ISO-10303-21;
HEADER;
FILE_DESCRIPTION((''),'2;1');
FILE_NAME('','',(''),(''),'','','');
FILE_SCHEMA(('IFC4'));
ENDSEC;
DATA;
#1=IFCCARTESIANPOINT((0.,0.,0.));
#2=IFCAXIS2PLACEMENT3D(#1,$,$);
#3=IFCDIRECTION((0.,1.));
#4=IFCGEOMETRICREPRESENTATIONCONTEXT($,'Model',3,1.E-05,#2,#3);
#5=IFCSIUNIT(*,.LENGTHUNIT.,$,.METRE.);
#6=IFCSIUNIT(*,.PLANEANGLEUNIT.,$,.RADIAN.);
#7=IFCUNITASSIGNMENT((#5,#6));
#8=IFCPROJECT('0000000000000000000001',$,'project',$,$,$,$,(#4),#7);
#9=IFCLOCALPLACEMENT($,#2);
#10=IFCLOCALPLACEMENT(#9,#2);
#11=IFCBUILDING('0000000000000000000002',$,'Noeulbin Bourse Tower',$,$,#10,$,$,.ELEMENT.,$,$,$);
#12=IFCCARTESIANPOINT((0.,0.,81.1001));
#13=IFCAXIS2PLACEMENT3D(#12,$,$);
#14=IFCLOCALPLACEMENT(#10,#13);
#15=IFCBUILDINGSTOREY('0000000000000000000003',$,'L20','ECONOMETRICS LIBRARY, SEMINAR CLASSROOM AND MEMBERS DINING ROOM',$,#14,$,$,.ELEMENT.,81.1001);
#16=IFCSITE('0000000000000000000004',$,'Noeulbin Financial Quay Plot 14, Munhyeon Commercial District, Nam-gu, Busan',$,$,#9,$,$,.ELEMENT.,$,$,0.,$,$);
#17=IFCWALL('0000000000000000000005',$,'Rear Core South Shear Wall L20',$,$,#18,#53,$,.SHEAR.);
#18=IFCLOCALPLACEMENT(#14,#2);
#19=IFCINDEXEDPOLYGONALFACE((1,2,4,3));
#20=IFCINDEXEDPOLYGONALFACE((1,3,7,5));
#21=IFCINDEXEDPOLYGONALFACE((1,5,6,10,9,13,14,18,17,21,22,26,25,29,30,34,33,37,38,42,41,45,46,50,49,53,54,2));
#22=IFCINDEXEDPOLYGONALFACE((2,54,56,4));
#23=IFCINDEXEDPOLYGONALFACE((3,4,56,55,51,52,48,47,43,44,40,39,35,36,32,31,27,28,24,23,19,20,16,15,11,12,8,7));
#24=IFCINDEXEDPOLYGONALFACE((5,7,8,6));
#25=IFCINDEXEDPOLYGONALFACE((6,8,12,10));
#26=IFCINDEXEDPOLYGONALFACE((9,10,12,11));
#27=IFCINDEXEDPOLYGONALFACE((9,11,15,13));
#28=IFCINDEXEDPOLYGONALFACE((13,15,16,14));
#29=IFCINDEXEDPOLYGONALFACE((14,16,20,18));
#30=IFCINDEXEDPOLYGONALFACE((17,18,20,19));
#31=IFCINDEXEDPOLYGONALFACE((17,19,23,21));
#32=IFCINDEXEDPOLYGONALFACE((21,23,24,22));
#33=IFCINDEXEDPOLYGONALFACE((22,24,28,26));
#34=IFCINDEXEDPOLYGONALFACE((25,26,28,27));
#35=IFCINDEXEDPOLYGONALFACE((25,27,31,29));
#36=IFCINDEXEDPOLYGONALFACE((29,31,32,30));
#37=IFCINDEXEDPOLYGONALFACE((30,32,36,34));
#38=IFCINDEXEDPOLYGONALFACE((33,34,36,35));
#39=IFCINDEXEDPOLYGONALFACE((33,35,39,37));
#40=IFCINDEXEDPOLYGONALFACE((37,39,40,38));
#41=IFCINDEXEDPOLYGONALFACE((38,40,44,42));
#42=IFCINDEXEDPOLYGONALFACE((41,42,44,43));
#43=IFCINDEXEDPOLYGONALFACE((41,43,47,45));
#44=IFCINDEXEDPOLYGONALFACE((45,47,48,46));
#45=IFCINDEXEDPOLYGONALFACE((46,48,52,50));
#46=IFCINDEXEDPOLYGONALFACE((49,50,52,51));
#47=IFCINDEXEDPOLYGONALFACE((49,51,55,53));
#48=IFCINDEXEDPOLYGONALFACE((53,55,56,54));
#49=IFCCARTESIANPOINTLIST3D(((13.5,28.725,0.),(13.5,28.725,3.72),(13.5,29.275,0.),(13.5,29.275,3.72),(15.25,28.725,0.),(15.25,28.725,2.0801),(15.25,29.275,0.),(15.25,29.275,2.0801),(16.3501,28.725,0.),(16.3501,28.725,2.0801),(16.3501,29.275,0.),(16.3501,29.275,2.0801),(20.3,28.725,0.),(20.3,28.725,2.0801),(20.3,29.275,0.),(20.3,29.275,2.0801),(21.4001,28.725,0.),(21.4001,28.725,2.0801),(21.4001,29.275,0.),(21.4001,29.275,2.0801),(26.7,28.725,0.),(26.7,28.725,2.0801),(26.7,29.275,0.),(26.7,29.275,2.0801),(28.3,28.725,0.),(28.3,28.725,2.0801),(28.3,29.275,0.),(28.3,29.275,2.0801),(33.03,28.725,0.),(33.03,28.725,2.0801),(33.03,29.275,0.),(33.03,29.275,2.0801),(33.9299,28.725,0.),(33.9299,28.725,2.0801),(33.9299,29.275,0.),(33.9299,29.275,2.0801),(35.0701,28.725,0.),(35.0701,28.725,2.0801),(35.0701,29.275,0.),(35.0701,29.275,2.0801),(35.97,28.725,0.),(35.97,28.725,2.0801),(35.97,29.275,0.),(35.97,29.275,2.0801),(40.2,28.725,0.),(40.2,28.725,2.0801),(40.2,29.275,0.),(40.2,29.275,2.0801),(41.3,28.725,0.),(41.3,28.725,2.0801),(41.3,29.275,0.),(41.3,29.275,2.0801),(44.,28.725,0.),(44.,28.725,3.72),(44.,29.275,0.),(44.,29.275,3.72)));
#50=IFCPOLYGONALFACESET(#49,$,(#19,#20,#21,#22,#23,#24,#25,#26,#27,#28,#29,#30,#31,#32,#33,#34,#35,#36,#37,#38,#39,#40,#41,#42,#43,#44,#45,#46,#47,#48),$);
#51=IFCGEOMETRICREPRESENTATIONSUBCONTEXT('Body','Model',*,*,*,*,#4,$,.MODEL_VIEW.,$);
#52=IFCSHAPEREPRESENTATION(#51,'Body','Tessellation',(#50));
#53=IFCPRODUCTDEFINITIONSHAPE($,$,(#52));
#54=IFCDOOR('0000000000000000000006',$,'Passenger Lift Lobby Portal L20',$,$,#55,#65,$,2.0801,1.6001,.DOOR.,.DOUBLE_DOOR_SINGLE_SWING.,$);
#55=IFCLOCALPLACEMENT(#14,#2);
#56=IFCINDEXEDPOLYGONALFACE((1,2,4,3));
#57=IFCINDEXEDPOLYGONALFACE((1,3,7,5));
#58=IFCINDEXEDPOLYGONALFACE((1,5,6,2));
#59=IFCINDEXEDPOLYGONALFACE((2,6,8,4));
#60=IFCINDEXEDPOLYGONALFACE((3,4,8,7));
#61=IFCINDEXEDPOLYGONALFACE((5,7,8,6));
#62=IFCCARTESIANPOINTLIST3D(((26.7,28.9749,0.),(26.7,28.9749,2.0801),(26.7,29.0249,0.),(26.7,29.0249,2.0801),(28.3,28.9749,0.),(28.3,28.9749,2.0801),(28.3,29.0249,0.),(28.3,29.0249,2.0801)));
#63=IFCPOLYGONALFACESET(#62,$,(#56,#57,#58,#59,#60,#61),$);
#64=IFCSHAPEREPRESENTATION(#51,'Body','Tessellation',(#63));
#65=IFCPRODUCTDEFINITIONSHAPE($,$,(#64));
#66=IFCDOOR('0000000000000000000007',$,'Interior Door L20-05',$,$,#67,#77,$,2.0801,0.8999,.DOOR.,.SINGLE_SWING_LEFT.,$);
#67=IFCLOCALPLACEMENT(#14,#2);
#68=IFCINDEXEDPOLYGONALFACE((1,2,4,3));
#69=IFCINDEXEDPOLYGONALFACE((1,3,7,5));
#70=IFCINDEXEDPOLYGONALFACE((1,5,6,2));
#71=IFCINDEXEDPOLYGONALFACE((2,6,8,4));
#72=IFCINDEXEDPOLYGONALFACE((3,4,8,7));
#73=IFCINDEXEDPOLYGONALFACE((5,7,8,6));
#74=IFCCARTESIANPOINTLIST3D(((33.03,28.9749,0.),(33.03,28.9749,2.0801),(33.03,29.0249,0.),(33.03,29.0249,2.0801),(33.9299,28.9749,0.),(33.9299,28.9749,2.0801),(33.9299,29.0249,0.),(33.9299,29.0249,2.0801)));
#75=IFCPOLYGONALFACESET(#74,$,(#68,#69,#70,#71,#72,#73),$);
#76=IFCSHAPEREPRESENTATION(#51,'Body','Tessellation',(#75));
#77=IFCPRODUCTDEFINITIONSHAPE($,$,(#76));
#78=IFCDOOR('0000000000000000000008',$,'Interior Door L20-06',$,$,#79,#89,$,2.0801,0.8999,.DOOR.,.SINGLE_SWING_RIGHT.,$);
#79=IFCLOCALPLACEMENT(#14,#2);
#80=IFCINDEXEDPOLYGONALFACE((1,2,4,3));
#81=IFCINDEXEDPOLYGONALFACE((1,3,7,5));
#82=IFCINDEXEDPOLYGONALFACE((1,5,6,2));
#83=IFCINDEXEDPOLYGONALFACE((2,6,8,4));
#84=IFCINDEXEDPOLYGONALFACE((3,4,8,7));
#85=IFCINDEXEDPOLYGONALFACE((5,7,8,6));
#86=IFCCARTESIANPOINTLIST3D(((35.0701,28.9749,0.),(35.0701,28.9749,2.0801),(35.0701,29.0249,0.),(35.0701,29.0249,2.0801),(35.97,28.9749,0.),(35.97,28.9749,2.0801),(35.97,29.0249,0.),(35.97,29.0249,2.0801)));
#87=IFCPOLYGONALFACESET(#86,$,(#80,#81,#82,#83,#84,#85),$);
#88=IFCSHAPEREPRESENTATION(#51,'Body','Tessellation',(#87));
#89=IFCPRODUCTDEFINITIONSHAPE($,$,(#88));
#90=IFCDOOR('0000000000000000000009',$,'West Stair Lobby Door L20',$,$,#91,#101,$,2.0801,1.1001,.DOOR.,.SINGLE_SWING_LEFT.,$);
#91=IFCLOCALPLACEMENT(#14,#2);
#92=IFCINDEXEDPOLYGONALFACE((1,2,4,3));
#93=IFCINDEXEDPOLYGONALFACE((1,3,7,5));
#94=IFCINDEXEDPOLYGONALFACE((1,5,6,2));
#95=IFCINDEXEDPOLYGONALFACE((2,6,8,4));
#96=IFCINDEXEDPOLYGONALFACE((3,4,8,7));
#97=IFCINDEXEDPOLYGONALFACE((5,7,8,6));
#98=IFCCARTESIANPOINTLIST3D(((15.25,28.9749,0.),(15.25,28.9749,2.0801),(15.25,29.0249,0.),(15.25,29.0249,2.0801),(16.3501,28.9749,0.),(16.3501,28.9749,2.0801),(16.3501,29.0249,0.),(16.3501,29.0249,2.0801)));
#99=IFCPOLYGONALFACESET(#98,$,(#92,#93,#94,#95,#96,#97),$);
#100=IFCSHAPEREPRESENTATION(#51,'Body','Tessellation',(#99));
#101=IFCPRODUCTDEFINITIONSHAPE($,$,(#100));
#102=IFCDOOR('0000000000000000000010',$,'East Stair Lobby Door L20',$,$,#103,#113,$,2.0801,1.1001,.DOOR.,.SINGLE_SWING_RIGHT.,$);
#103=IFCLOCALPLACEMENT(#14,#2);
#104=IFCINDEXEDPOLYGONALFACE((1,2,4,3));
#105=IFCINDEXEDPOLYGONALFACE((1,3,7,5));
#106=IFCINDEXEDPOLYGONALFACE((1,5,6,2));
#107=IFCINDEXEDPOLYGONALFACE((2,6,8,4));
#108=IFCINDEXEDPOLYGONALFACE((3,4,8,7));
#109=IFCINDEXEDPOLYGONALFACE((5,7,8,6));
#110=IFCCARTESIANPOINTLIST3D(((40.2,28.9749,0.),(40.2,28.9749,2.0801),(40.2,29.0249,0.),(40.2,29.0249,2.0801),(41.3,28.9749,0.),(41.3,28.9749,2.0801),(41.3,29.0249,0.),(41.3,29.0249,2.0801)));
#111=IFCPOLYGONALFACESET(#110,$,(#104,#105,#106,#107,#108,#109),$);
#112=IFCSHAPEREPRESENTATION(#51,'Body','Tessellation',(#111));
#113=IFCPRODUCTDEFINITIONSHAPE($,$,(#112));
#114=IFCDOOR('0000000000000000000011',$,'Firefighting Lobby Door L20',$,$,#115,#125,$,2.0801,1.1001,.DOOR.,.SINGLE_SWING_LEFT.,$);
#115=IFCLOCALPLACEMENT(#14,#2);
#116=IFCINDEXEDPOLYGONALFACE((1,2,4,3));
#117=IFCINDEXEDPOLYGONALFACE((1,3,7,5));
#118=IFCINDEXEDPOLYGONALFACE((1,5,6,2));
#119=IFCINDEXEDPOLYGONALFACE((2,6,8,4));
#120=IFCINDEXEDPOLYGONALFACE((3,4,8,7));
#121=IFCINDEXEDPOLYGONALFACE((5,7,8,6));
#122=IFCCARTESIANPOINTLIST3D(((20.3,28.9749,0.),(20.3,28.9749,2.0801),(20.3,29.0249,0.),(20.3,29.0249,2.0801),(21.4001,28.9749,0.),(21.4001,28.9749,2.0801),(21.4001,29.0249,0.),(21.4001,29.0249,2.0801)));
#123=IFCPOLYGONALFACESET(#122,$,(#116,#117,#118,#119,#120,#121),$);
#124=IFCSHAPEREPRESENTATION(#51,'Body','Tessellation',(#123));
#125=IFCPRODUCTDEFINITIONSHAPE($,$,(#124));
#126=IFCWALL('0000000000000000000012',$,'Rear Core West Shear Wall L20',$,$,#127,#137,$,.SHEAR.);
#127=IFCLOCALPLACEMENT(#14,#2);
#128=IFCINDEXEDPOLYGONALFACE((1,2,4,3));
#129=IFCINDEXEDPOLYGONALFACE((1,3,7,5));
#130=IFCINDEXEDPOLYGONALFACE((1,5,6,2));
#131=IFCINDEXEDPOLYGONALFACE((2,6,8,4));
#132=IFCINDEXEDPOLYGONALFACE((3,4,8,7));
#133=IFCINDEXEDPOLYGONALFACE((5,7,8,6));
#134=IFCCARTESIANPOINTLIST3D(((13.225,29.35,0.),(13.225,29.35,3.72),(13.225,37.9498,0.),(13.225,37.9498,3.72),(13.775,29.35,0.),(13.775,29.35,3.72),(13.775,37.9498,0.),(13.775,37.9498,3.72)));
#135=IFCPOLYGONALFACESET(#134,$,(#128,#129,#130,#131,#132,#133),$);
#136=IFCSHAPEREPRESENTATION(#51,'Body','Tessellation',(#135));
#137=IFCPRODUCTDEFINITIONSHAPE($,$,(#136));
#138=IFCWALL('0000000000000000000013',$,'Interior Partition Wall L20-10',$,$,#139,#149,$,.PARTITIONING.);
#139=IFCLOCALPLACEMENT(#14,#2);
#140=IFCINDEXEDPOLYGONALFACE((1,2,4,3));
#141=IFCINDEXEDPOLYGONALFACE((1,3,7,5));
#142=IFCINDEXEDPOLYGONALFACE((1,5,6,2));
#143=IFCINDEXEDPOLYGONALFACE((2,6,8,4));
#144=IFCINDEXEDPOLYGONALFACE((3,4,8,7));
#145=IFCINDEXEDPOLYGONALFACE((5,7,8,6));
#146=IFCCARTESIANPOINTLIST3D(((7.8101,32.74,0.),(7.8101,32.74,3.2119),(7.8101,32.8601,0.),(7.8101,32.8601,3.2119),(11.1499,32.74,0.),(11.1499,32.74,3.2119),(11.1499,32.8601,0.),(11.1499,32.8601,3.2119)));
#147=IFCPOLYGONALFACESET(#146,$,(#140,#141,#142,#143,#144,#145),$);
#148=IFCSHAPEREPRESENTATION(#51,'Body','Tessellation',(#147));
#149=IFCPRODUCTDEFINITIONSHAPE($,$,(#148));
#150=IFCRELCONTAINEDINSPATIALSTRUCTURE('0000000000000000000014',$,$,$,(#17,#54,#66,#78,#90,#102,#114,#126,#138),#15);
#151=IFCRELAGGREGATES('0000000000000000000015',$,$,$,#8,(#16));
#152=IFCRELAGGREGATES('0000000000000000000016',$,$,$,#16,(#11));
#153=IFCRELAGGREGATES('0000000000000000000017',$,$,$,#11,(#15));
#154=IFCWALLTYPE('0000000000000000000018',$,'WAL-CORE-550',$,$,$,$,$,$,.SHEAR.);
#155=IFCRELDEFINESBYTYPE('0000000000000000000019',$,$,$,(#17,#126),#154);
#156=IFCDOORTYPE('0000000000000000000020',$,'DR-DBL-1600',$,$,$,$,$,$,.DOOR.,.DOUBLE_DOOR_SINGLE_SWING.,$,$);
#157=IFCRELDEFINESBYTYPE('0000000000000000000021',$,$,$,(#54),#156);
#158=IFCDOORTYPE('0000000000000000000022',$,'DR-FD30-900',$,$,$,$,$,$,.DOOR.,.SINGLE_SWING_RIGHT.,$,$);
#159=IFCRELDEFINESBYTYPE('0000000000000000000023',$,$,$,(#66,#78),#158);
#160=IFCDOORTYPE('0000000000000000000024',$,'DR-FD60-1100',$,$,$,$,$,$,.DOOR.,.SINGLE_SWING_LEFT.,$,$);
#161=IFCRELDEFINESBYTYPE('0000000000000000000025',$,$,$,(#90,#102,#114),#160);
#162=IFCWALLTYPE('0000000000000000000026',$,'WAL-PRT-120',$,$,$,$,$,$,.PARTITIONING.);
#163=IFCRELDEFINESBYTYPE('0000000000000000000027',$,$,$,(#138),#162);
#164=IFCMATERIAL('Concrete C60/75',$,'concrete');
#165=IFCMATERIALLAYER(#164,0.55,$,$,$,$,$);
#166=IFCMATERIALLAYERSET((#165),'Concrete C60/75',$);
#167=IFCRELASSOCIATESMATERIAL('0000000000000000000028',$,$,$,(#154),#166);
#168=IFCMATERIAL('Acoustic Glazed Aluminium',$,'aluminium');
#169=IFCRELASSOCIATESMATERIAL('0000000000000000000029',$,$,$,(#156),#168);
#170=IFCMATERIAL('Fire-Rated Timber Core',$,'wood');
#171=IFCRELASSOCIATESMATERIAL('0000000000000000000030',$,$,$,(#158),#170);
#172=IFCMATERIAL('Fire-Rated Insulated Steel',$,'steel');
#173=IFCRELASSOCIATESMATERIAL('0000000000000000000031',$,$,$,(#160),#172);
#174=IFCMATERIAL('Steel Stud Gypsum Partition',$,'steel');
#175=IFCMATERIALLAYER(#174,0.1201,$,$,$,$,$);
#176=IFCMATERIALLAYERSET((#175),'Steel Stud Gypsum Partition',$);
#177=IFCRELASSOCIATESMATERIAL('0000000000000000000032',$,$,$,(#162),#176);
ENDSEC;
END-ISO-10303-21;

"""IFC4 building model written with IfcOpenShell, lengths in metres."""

from ifc_helpers import new_model, si_unit, direction, frame, frame_2d, origin, place, context, subcontext, project, spatial, rectangle, extrude, material, layer, layer_set, type_object, element, fill, save


model = new_model("IFC4")

# Units and contexts
model_context = context("Model", 3, precision=1e-05, world=origin(), true_north=direction((0.0, 1.0)))
body_context = subcontext(model_context, "Body", "Model", "MODEL_VIEW")
ifc_project = project(units=[si_unit("LENGTHUNIT", "METRE"), si_unit("PLANEANGLEUNIT", "RADIAN")], contexts=[model_context])

# Site, building, storey
site_placement = place(None, origin())
site = spatial("IfcSite", under=ifc_project, at=site_placement, Name="Noeulbin Financial Quay Plot 14, Munhyeon Commercial District, Nam-gu, Busan", CompositionType="ELEMENT", RefElevation=0.0)
building_placement = place(site_placement, origin())
building = spatial("IfcBuilding", under=site, at=building_placement, Name="Noeulbin Bourse Tower", CompositionType="ELEMENT")
storey_placement = place(building_placement, frame((0.0, 0.0, 81.1001)))
storey = spatial("IfcBuildingStorey", under=building, at=storey_placement, Name="L20", Description="ECONOMETRICS LIBRARY, SEMINAR CLASSROOM AND MEMBERS DINING ROOM", CompositionType="ELEMENT", Elevation=81.1001)

# Wall, openings, doors
ifc_material_1 = material(Name="Concrete C60/75", Category="concrete")
ifc_layer_1 = layer(ifc_material_1, 0.55)
ifc_layer_set_1 = layer_set([ifc_layer_1], Name="Concrete C60/75")
wall_type_1 = type_object("IfcWallType", Name="WAL-CORE-550", PredefinedType="SHEAR", material=ifc_layer_set_1)
wall_1_placement = place(storey_placement, frame((13.5, 29.0, 0.0), z_axis=(0.0, 0.0, 1.0), x_axis=(1.0, 0.0, 0.0)))
wall_1 = element("IfcWall", 1, at=wall_1_placement, inside=storey, type_object=wall_type_1, Name="Rear Core South Shear Wall L20", PredefinedType="SHEAR", context=body_context, shape_type="SweptSolid", body=[
    extrude(rectangle(XDim=30.5, YDim=0.55, at=frame_2d((15.25, 0.0))), origin(), (0.0, 0.0, 1.0), 3.72),
])
opening_1_placement = place(wall_1_placement, frame((1.75, 0.0, 0.0)))
opening_1 = element("IfcOpeningElement", 2, at=opening_1_placement, cuts=wall_1, PredefinedType="OPENING", context=body_context, shape_type="SweptSolid", body=[
    extrude(rectangle(XDim=1.1001, YDim=2.0801, at=frame_2d((0.55, 1.04))), frame((0.0, 0.2849, 0.0), z_axis=(0.0, -1.0, 0.0), x_axis=(1.0, 0.0, 0.0)), (0.0, 0.0, 1.0), 0.5701),
])
opening_2_placement = place(wall_1_placement, frame((26.7, 0.0, 0.0)))
opening_2 = element("IfcOpeningElement", 3, at=opening_2_placement, cuts=wall_1, PredefinedType="OPENING", context=body_context, shape_type="SweptSolid", body=[
    extrude(rectangle(XDim=1.1001, YDim=2.0801, at=frame_2d((0.55, 1.04))), frame((0.0, 0.2849, 0.0), z_axis=(0.0, -1.0, 0.0), x_axis=(1.0, 0.0, 0.0)), (0.0, 0.0, 1.0), 0.5701),
])
opening_3_placement = place(wall_1_placement, frame((6.8, 0.0, 0.0)))
opening_3 = element("IfcOpeningElement", 4, at=opening_3_placement, cuts=wall_1, PredefinedType="OPENING", context=body_context, shape_type="SweptSolid", body=[
    extrude(rectangle(XDim=1.1001, YDim=2.0801, at=frame_2d((0.55, 1.04))), frame((0.0, 0.2849, 0.0), z_axis=(0.0, -1.0, 0.0), x_axis=(1.0, 0.0, 0.0)), (0.0, 0.0, 1.0), 0.5701),
])
opening_4_placement = place(wall_1_placement, frame((13.2, 0.0, 0.0)))
opening_4 = element("IfcOpeningElement", 5, at=opening_4_placement, cuts=wall_1, PredefinedType="OPENING", context=body_context, shape_type="SweptSolid", body=[
    extrude(rectangle(XDim=1.6001, YDim=2.0801, at=frame_2d((0.8, 1.04))), frame((0.0, 0.2849, 0.0), z_axis=(0.0, -1.0, 0.0), x_axis=(1.0, 0.0, 0.0)), (0.0, 0.0, 1.0), 0.5701),
])
opening_5_placement = place(wall_1_placement, frame((19.53, 0.0, 0.0)))
opening_5 = element("IfcOpeningElement", 6, at=opening_5_placement, cuts=wall_1, PredefinedType="OPENING", context=body_context, shape_type="SweptSolid", body=[
    extrude(rectangle(XDim=0.8999, YDim=2.0801, at=frame_2d((0.45, 1.04))), frame((0.0, 0.2849, 0.0), z_axis=(0.0, -1.0, 0.0), x_axis=(1.0, 0.0, 0.0)), (0.0, 0.0, 1.0), 0.5701),
])
opening_6_placement = place(wall_1_placement, frame((21.5701, 0.0, 0.0)))
opening_6 = element("IfcOpeningElement", 7, at=opening_6_placement, cuts=wall_1, PredefinedType="OPENING", context=body_context, shape_type="SweptSolid", body=[
    extrude(rectangle(XDim=0.8999, YDim=2.0801, at=frame_2d((0.45, 1.04))), frame((0.0, 0.2849, 0.0), z_axis=(0.0, -1.0, 0.0), x_axis=(1.0, 0.0, 0.0)), (0.0, 0.0, 1.0), 0.5701),
])
ifc_material_2 = material(Name="Acoustic Glazed Aluminium", Category="aluminium")
door_type_1 = type_object("IfcDoorType", Name="DR-DBL-1600", OperationType="DOUBLE_DOOR_SINGLE_SWING", PredefinedType="DOOR", material=ifc_material_2)
door_1_placement = place(opening_4_placement, origin())
door_1 = element("IfcDoor", 8, at=door_1_placement, inside=storey, type_object=door_type_1, Name="Passenger Lift Lobby Portal L20", OperationType="DOUBLE_DOOR_SINGLE_SWING", OverallHeight=2.0801, OverallWidth=1.6001, PredefinedType="DOOR", context=body_context, shape_type="SweptSolid", body=[
    extrude(rectangle(XDim=1.6001, YDim=2.0801, at=frame_2d((0.8, 1.04))), frame((0.0, 0.0249, 0.0), z_axis=(0.0, -1.0, 0.0), x_axis=(1.0, 0.0, 0.0)), (0.0, 0.0, 1.0), 0.05),
])
fill(opening_4, door_1)
ifc_material_3 = material(Name="Fire-Rated Timber Core", Category="wood")
door_type_2 = type_object("IfcDoorType", Name="DR-FD30-900", OperationType="SINGLE_SWING_RIGHT", PredefinedType="DOOR", material=ifc_material_3)
door_2_placement = place(opening_5_placement, origin())
door_2 = element("IfcDoor", 9, at=door_2_placement, inside=storey, type_object=door_type_2, Name="Interior Door L20-05", OperationType="SINGLE_SWING_LEFT", OverallHeight=2.0801, OverallWidth=0.8999, PredefinedType="DOOR", context=body_context, shape_type="SweptSolid", body=[
    extrude(rectangle(XDim=0.8999, YDim=2.0801, at=frame_2d((0.45, 1.04))), frame((0.0, 0.0249, 0.0), z_axis=(0.0, -1.0, 0.0), x_axis=(1.0, 0.0, 0.0)), (0.0, 0.0, 1.0), 0.05),
])
fill(opening_5, door_2)
door_3_placement = place(opening_6_placement, origin())
door_3 = element("IfcDoor", 10, at=door_3_placement, inside=storey, type_object=door_type_2, Name="Interior Door L20-06", OperationType="SINGLE_SWING_RIGHT", OverallHeight=2.0801, OverallWidth=0.8999, PredefinedType="DOOR", context=body_context, shape_type="SweptSolid", body=[
    extrude(rectangle(XDim=0.8999, YDim=2.0801, at=frame_2d((0.45, 1.04))), frame((0.0, 0.0249, 0.0), z_axis=(0.0, -1.0, 0.0), x_axis=(1.0, 0.0, 0.0)), (0.0, 0.0, 1.0), 0.05),
])
fill(opening_6, door_3)
ifc_material_4 = material(Name="Fire-Rated Insulated Steel", Category="steel")
door_type_3 = type_object("IfcDoorType", Name="DR-FD60-1100", OperationType="SINGLE_SWING_LEFT", PredefinedType="DOOR", material=ifc_material_4)
door_4_placement = place(opening_1_placement, origin())
door_4 = element("IfcDoor", 11, at=door_4_placement, inside=storey, type_object=door_type_3, Name="West Stair Lobby Door L20", OperationType="SINGLE_SWING_LEFT", OverallHeight=2.0801, OverallWidth=1.1001, PredefinedType="DOOR", context=body_context, shape_type="SweptSolid", body=[
    extrude(rectangle(XDim=1.1001, YDim=2.0801, at=frame_2d((0.55, 1.04))), frame((0.0, 0.0249, 0.0), z_axis=(0.0, -1.0, 0.0), x_axis=(1.0, 0.0, 0.0)), (0.0, 0.0, 1.0), 0.05),
])
fill(opening_1, door_4)
door_5_placement = place(opening_2_placement, origin())
door_5 = element("IfcDoor", 12, at=door_5_placement, inside=storey, type_object=door_type_3, Name="East Stair Lobby Door L20", OperationType="SINGLE_SWING_RIGHT", OverallHeight=2.0801, OverallWidth=1.1001, PredefinedType="DOOR", context=body_context, shape_type="SweptSolid", body=[
    extrude(rectangle(XDim=1.1001, YDim=2.0801, at=frame_2d((0.55, 1.04))), frame((0.0, 0.0249, 0.0), z_axis=(0.0, -1.0, 0.0), x_axis=(1.0, 0.0, 0.0)), (0.0, 0.0, 1.0), 0.05),
])
fill(opening_2, door_5)
door_6_placement = place(opening_3_placement, origin())
door_6 = element("IfcDoor", 13, at=door_6_placement, inside=storey, type_object=door_type_3, Name="Firefighting Lobby Door L20", OperationType="SINGLE_SWING_LEFT", OverallHeight=2.0801, OverallWidth=1.1001, PredefinedType="DOOR", context=body_context, shape_type="SweptSolid", body=[
    extrude(rectangle(XDim=1.1001, YDim=2.0801, at=frame_2d((0.55, 1.04))), frame((0.0, 0.0249, 0.0), z_axis=(0.0, -1.0, 0.0), x_axis=(1.0, 0.0, 0.0)), (0.0, 0.0, 1.0), 0.05),
])
fill(opening_3, door_6)

# Walls
wall_2_placement = place(storey_placement, frame((13.5, 29.3501, 0.0), z_axis=(0.0, 0.0, 1.0), x_axis=(0.0, 1.0, 0.0)))
element("IfcWall", 14, at=wall_2_placement, inside=storey, type_object=wall_type_1, Name="Rear Core West Shear Wall L20", PredefinedType="SHEAR", context=body_context, shape_type="SweptSolid", body=[
    extrude(rectangle(XDim=8.5999, YDim=0.55, at=frame_2d((4.2998, 0.0))), origin(), (0.0, 0.0, 1.0), 3.72),
])
ifc_material_5 = material(Name="Steel Stud Gypsum Partition", Category="steel")
ifc_layer_2 = layer(ifc_material_5, 0.1201)
ifc_layer_set_2 = layer_set([ifc_layer_2], Name="Steel Stud Gypsum Partition")
wall_type_2 = type_object("IfcWallType", Name="WAL-PRT-120", PredefinedType="PARTITIONING", material=ifc_layer_set_2)
wall_3_placement = place(storey_placement, frame((7.8101, 32.8, 0.0), z_axis=(0.0, 0.0, 1.0), x_axis=(1.0, 0.0, 0.0)))
element("IfcWall", 15, at=wall_3_placement, inside=storey, type_object=wall_type_2, Name="Interior Partition Wall L20-10", PredefinedType="PARTITIONING", context=body_context, shape_type="SweptSolid", body=[
    extrude(rectangle(XDim=3.3398, YDim=0.1201, at=frame_2d((1.6699, 0.0))), origin(), (0.0, 0.0, 1.0), 3.2119),
])

save(model, "model.ifc")
